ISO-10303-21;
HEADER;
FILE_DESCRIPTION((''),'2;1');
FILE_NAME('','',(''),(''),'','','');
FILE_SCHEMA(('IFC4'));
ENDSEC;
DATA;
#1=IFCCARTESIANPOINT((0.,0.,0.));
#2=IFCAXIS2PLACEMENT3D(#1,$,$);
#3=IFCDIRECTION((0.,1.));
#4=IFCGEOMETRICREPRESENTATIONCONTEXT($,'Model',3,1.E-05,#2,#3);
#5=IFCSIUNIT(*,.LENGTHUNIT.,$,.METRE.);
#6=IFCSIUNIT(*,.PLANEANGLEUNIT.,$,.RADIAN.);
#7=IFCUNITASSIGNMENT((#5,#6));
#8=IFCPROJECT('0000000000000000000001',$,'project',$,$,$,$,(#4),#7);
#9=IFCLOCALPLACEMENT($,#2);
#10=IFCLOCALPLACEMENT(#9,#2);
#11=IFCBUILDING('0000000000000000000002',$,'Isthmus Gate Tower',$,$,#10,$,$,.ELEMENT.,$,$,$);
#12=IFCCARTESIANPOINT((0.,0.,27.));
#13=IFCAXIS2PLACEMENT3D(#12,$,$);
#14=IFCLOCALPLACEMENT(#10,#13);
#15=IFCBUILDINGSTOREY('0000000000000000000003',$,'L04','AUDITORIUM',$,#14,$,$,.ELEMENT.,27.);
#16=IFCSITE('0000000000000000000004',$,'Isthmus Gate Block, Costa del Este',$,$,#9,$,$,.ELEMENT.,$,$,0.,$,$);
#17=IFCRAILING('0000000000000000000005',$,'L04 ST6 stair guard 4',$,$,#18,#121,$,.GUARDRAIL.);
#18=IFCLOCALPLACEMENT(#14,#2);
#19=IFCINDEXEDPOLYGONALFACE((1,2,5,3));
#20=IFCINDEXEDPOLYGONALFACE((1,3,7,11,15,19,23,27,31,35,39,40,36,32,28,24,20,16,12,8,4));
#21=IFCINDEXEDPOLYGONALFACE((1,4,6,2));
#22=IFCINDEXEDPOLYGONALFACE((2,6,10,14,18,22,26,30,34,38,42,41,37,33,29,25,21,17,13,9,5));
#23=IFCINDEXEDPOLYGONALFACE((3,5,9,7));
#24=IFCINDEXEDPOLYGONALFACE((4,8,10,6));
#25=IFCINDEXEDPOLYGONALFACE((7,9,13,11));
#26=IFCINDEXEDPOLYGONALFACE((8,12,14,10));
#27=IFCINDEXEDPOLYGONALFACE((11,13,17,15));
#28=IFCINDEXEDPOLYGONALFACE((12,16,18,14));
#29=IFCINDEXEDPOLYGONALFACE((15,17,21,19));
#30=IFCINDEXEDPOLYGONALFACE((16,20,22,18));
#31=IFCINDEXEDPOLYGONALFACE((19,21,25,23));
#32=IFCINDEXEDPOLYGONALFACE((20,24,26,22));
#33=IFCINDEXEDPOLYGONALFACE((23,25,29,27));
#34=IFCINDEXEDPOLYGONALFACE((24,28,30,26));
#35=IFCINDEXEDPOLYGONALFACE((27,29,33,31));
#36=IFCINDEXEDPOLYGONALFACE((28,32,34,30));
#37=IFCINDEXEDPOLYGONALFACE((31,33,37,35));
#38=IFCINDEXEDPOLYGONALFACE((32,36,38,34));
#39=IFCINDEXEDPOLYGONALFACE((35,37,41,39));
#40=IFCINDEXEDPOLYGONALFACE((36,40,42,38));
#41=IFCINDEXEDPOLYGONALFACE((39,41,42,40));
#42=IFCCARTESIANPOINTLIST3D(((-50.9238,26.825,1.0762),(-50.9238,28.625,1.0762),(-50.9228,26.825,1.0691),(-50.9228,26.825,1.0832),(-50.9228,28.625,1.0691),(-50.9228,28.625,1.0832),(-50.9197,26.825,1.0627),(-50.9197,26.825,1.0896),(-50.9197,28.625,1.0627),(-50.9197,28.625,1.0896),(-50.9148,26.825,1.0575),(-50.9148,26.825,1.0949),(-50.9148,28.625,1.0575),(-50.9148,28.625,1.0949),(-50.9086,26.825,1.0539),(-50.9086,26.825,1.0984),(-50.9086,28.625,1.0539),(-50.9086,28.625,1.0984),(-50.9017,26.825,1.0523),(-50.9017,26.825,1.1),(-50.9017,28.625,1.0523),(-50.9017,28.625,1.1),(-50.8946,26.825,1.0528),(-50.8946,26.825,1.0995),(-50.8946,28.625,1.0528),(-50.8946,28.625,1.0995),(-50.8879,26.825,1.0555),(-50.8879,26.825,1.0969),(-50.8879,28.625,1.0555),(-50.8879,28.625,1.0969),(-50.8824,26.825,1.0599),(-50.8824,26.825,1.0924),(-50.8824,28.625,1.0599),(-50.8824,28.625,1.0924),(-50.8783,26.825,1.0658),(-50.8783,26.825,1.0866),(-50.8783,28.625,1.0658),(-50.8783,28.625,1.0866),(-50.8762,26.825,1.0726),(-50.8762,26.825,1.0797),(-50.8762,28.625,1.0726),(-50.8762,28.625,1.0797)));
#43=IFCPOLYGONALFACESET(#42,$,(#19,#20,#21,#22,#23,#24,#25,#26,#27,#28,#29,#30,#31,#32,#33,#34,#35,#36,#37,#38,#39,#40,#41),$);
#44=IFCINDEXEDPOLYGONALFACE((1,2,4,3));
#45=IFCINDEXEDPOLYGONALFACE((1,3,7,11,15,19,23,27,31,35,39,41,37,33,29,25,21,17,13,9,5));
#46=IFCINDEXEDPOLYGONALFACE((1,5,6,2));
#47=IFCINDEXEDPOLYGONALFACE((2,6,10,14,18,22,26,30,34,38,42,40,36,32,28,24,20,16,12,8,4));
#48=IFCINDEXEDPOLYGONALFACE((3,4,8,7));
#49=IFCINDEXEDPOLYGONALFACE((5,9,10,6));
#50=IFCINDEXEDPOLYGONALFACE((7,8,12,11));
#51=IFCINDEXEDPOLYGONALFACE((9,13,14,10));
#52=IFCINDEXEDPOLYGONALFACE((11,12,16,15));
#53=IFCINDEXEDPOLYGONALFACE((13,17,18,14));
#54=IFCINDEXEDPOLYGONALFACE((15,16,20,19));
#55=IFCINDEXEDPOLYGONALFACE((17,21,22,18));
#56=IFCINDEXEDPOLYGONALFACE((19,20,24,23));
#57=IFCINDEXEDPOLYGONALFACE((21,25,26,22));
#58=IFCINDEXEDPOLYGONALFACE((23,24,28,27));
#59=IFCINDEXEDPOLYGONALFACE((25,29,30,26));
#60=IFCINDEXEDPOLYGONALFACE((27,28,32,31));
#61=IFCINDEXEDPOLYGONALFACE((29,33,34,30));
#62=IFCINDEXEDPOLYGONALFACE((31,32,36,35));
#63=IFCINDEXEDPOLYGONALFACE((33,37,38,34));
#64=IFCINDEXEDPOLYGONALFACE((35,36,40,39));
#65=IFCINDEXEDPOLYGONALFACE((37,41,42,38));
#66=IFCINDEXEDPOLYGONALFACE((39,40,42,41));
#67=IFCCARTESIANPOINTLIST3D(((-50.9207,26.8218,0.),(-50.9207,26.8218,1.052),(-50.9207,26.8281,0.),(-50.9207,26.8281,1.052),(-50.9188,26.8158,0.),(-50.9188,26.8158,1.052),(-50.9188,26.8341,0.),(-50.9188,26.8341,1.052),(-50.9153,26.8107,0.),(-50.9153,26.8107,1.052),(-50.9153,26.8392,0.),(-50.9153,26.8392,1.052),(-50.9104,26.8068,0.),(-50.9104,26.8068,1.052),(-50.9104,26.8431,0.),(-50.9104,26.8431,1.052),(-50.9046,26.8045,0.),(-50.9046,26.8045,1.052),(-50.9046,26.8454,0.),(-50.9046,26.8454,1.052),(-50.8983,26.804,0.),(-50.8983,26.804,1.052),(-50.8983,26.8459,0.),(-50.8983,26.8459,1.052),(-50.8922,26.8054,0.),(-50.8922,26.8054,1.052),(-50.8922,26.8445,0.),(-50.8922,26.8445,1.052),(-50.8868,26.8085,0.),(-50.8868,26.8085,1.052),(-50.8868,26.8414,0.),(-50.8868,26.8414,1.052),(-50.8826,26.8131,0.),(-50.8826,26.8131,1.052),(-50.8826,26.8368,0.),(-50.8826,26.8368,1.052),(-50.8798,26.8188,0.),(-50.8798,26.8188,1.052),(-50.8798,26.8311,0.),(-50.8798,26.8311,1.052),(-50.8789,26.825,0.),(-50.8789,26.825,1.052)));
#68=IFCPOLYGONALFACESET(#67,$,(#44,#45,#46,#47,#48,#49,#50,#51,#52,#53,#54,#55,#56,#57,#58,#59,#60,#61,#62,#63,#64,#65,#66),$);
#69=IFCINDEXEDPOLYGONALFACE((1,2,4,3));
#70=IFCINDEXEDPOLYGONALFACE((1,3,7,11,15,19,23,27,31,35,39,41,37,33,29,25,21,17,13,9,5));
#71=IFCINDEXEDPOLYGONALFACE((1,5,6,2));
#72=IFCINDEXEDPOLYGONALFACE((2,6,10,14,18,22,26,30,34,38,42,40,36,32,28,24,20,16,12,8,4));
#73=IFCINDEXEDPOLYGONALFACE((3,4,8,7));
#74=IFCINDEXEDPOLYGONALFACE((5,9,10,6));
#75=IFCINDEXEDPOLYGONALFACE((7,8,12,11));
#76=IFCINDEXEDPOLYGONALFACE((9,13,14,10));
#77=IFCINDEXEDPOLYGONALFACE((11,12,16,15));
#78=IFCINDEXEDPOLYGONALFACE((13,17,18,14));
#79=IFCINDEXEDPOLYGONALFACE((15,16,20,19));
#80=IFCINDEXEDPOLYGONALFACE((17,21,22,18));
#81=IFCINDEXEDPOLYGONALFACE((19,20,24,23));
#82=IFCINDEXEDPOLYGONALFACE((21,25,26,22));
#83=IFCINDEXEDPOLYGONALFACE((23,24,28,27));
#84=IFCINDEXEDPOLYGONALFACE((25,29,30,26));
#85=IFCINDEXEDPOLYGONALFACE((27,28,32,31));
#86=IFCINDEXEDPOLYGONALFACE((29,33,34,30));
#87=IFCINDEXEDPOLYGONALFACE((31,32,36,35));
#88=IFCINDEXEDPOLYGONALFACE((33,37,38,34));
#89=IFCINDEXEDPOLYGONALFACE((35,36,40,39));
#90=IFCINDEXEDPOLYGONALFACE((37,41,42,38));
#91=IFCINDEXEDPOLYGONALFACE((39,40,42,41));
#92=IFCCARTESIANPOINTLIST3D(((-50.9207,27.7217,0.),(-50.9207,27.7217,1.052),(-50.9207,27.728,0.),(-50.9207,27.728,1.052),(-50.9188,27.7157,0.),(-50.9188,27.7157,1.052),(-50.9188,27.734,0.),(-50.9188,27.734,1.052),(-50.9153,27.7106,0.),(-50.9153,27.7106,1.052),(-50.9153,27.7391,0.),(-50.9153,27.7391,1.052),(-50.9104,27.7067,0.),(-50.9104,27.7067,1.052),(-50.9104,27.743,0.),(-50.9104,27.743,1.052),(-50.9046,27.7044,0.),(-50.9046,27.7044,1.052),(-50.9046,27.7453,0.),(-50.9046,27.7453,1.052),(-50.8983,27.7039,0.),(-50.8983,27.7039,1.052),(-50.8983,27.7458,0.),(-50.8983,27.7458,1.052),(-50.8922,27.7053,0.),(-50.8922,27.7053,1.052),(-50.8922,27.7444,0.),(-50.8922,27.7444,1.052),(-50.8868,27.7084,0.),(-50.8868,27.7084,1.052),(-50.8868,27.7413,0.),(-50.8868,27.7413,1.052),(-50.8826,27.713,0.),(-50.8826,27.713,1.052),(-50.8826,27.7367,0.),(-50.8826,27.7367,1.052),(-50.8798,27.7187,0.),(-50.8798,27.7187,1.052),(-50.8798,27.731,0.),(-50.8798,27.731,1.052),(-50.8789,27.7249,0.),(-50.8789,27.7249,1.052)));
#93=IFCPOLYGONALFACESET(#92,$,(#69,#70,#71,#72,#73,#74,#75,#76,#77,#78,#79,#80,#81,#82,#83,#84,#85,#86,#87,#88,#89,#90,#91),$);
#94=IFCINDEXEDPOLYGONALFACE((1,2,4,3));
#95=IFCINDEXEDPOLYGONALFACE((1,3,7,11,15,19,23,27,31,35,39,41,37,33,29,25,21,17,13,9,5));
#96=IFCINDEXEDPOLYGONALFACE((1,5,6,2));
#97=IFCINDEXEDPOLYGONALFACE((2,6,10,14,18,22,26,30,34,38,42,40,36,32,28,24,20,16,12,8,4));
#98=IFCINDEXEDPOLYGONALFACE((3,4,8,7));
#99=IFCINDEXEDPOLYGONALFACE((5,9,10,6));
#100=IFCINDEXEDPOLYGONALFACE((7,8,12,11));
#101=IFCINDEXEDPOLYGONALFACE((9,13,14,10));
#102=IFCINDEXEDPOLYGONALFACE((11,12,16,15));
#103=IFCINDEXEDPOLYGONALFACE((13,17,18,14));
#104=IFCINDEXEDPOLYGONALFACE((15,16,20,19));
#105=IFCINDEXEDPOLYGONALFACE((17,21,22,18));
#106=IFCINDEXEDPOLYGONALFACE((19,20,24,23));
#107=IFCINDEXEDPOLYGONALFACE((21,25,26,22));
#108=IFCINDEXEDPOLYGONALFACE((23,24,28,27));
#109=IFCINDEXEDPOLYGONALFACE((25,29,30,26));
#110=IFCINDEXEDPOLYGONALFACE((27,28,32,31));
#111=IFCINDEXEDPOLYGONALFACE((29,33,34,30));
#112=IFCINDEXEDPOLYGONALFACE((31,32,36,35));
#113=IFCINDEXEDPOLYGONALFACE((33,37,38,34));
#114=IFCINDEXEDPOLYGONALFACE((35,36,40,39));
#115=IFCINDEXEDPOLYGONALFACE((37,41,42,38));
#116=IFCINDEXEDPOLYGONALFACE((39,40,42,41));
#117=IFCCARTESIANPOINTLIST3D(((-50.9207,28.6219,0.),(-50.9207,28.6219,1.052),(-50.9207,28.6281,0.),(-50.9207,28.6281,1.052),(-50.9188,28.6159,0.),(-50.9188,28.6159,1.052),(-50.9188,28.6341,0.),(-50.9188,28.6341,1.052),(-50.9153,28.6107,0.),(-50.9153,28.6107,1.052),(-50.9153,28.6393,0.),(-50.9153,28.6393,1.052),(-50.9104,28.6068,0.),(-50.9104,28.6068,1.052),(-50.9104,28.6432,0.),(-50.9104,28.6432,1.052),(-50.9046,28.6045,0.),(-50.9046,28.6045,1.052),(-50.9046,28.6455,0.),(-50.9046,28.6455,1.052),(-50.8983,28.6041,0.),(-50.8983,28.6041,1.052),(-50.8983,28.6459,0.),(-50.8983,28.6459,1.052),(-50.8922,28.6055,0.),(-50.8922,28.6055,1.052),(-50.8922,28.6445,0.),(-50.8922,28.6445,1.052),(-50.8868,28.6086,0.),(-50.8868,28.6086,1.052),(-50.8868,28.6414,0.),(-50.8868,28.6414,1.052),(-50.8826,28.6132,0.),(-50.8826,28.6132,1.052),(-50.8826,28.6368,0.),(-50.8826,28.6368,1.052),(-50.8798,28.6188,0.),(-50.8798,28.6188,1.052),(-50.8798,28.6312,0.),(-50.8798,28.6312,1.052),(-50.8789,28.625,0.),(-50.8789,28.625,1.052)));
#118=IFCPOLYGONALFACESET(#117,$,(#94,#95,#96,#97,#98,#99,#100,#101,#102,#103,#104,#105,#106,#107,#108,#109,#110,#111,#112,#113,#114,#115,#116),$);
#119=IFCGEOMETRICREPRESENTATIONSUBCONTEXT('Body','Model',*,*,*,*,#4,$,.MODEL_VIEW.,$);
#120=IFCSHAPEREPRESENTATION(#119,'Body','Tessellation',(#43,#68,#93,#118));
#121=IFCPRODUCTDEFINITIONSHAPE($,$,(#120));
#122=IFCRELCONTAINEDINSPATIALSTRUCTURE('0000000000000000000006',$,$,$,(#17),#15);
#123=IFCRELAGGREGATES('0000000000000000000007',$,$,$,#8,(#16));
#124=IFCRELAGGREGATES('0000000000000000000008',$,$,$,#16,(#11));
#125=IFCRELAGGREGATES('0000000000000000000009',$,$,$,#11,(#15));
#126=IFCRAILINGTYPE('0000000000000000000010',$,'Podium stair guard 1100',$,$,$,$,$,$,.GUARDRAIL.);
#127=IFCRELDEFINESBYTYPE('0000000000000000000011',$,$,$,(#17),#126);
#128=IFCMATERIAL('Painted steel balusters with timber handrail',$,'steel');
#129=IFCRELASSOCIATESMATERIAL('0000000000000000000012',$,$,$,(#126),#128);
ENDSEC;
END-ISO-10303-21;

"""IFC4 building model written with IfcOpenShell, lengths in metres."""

from ifc_helpers import new_model, si_unit, direction, frame, origin, origin_2d, place, context, subcontext, project, spatial, circle, extrude, material, type_object, element, save


model = new_model("IFC4")

# Units and contexts
model_context = context("Model", 3, precision=1e-05, world=origin(), true_north=direction((0.0, 1.0)))
body_context = subcontext(model_context, "Body", "Model", "MODEL_VIEW")
ifc_project = project(units=[si_unit("LENGTHUNIT", "METRE"), si_unit("PLANEANGLEUNIT", "RADIAN")], contexts=[model_context])

# Site, building, storey
site_placement = place(None, origin())
site = spatial("IfcSite", under=ifc_project, at=site_placement, Name="Isthmus Gate Block, Costa del Este", CompositionType="ELEMENT", RefElevation=0.0)
building_placement = place(site_placement, origin())
building = spatial("IfcBuilding", under=site, at=building_placement, Name="Isthmus Gate Tower", CompositionType="ELEMENT")
storey_placement = place(building_placement, frame((0.0, 0.0, 27.0)))
storey = spatial("IfcBuildingStorey", under=building, at=storey_placement, Name="L04", Description="AUDITORIUM", CompositionType="ELEMENT", Elevation=27.0)

# Railing
ifc_material_1 = material(Name="Painted steel balusters with timber handrail", Category="steel")
railing_type_1 = type_object("IfcRailingType", Name="Podium stair guard 1100", PredefinedType="GUARDRAIL", material=ifc_material_1)
railing_1_placement = place(storey_placement, frame((-50.8999, 26.825, 0.0)))
element("IfcRailing", 1, at=railing_1_placement, inside=storey, type_object=railing_type_1, Name="L04 ST6 stair guard 4", PredefinedType="GUARDRAIL", context=body_context, shape_type="SweptSolid", body=[
    extrude(circle(Radius=0.0239, at=origin_2d()), frame((0.0, 0.0, 1.0762), z_axis=(0.0, 1.0, 0.0), x_axis=(-1.0, 0.0, 0.0)), (0.0, 0.0, 1.0), 1.8),
    extrude(circle(Radius=0.021, at=origin_2d()), origin(), (0.0, 0.0, 1.0), 1.052),
    extrude(circle(Radius=0.021, at=origin_2d()), frame((0.0, 0.8999, 0.0)), (0.0, 0.0, 1.0), 1.052),
    extrude(circle(Radius=0.021, at=origin_2d()), frame((0.0, 1.8, 0.0)), (0.0, 0.0, 1.0), 1.052),
])

save(model, "model.ifc")
